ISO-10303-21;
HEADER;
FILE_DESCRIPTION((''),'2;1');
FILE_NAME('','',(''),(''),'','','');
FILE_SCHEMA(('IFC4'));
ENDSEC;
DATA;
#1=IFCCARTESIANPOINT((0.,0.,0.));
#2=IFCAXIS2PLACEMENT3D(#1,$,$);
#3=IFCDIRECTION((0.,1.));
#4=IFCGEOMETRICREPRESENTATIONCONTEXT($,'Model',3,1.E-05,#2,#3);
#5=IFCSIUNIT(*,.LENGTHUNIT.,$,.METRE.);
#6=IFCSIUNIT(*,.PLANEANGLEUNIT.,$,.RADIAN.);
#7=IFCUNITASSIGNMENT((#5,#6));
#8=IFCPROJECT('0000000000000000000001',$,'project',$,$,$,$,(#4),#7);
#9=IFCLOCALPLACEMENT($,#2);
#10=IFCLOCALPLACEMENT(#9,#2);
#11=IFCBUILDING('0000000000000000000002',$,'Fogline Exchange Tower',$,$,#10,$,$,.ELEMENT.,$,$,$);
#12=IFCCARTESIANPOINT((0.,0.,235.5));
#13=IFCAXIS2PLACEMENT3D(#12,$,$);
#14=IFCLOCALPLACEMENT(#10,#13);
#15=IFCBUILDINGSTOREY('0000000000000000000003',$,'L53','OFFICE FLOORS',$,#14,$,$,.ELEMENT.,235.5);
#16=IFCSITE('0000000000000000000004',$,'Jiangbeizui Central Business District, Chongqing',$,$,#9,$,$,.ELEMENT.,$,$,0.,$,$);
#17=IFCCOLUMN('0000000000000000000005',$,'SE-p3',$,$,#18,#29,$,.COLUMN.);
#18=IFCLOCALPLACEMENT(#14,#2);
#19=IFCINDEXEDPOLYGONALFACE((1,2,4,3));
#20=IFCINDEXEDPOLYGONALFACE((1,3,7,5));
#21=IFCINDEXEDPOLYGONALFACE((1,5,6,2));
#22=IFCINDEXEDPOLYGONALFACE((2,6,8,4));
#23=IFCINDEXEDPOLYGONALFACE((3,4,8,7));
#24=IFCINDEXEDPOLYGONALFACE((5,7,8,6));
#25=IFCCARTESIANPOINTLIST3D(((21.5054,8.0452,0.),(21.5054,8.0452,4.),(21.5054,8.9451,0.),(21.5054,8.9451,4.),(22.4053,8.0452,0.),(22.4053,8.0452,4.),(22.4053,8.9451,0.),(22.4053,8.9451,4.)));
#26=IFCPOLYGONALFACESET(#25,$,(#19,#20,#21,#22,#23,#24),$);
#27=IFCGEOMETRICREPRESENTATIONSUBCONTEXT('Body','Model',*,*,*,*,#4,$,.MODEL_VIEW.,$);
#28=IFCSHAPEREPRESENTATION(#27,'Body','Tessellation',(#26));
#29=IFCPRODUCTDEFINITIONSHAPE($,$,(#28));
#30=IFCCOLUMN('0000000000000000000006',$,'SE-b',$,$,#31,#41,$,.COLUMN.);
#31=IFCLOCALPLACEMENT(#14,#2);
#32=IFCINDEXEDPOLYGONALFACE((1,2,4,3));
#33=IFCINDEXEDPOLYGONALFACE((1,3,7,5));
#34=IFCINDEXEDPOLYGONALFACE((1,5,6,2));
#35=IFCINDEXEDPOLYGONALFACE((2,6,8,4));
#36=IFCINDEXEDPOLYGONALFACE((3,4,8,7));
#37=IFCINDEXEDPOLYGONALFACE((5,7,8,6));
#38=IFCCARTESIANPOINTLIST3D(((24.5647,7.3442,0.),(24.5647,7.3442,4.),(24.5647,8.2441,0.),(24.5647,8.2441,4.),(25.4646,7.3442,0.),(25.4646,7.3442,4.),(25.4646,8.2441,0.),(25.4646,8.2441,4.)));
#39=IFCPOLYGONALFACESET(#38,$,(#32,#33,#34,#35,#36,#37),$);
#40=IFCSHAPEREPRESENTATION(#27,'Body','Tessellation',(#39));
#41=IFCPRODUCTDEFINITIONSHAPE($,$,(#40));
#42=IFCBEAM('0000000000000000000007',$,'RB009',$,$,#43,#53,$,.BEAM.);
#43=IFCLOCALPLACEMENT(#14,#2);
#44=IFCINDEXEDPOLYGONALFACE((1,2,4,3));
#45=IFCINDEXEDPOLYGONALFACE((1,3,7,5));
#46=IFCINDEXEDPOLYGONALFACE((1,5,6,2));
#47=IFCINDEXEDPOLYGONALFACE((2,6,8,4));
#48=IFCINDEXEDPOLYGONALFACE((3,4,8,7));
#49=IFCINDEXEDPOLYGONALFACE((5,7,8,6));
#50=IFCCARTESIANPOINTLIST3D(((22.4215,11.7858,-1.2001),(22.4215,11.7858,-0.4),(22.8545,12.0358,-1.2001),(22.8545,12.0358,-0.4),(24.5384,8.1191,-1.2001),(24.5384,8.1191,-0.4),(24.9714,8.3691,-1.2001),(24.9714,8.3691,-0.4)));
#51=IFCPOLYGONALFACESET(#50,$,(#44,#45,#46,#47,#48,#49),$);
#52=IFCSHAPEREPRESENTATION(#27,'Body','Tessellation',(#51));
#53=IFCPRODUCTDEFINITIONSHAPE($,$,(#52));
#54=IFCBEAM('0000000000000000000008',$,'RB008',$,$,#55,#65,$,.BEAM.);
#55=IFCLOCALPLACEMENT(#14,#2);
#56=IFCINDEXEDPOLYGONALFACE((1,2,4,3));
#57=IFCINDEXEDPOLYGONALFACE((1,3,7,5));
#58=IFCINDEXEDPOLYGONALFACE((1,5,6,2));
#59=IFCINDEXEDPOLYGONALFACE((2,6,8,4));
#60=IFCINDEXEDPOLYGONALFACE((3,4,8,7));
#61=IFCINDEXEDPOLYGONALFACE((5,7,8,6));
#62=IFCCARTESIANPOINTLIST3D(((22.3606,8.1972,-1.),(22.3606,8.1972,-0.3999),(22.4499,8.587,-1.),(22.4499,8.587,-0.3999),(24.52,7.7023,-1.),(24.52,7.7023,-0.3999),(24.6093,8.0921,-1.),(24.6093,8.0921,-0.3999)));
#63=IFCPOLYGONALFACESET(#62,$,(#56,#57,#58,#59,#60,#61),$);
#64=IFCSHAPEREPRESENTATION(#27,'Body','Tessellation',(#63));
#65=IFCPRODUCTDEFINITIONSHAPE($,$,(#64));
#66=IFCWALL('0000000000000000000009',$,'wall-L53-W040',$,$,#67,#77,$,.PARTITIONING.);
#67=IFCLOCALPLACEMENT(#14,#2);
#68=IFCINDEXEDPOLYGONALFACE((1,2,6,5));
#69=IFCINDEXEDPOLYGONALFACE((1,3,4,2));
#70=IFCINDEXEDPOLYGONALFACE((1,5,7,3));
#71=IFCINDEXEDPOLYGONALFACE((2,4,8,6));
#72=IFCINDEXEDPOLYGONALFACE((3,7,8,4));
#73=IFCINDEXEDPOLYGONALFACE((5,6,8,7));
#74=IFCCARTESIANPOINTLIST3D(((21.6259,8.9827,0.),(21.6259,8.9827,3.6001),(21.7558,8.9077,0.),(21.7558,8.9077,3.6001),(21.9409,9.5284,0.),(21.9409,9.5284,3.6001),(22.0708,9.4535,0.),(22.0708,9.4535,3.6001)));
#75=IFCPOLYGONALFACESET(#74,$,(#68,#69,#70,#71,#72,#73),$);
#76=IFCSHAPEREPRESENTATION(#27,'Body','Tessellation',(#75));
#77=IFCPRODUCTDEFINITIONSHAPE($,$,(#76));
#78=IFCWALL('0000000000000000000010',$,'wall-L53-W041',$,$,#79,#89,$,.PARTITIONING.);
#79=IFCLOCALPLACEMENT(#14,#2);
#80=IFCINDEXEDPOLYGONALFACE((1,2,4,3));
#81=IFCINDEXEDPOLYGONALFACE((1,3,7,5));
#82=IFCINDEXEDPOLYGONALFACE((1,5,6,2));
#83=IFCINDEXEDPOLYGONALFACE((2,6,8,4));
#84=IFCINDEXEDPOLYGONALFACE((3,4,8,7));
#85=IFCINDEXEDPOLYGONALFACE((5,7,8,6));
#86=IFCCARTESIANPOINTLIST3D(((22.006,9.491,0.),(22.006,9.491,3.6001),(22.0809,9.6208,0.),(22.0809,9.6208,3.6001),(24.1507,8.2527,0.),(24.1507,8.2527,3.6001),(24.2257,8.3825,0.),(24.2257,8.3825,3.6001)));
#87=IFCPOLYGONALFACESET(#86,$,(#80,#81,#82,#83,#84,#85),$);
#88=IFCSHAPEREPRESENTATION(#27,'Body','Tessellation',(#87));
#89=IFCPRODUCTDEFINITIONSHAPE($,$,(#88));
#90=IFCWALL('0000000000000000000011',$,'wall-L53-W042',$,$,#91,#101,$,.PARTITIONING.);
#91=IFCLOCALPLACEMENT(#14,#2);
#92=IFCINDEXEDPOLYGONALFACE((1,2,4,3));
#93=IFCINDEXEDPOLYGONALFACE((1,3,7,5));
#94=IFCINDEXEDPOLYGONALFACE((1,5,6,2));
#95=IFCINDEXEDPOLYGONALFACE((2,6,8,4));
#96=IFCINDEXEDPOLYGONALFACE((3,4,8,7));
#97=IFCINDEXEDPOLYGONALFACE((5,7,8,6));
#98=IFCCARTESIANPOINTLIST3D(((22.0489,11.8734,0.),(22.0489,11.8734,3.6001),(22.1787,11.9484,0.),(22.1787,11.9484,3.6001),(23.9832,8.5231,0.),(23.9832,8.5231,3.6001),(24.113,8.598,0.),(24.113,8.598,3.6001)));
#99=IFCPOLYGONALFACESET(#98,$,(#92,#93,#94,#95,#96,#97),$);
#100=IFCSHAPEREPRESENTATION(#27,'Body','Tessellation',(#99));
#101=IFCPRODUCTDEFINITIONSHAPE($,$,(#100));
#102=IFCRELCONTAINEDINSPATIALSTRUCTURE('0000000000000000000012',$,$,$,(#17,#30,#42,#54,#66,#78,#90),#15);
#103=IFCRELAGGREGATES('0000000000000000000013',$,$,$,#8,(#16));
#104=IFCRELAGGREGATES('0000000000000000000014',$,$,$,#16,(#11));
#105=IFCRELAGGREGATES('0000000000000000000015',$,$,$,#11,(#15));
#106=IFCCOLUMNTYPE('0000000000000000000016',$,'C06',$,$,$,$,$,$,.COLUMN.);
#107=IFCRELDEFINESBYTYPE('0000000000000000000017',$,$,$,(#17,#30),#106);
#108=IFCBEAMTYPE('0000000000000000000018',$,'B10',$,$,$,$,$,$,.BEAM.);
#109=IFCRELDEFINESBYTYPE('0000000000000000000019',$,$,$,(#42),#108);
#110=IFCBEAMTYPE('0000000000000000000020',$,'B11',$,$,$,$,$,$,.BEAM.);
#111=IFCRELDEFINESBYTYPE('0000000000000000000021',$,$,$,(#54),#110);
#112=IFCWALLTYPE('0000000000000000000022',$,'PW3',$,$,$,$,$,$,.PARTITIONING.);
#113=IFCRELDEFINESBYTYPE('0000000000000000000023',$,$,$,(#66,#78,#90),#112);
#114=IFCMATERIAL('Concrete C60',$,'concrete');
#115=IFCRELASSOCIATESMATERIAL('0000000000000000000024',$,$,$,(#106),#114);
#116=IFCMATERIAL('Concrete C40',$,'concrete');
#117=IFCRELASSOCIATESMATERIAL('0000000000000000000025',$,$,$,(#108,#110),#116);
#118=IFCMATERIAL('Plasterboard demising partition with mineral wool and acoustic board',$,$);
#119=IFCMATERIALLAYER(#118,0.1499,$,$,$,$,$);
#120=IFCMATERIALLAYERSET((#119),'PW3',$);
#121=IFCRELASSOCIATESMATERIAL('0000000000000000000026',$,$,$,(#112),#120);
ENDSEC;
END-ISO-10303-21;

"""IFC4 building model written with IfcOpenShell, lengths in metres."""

from ifc_helpers import new_model, si_unit, direction, frame, frame_2d, origin, origin_2d, place, context, subcontext, project, spatial, rectangle, extrude, material, layer, layer_set, material_profile, profile_set, type_object, element, save


model = new_model("IFC4")

# Units and contexts
model_context = context("Model", 3, precision=1e-05, world=origin(), true_north=direction((0.0, 1.0)))
body_context = subcontext(model_context, "Body", "Model", "MODEL_VIEW")
ifc_project = project(units=[si_unit("LENGTHUNIT", "METRE"), si_unit("PLANEANGLEUNIT", "RADIAN")], contexts=[model_context])

# Site, building, storey
site_placement = place(None, origin())
site = spatial("IfcSite", under=ifc_project, at=site_placement, Name="Jiangbeizui Central Business District, Chongqing", CompositionType="ELEMENT", RefElevation=0.0)
building_placement = place(site_placement, origin())
building = spatial("IfcBuilding", under=site, at=building_placement, Name="Fogline Exchange Tower", CompositionType="ELEMENT")
storey_placement = place(building_placement, frame((0.0, 0.0, 235.5)))
storey = spatial("IfcBuildingStorey", under=building, at=storey_placement, Name="L53", Description="OFFICE FLOORS", CompositionType="ELEMENT", Elevation=235.5)

# Columns
ifc_material_1 = material(Name="Concrete C60", Category="concrete")
ifc_material_profile_1 = material_profile(ifc_material_1, rectangle(XDim=0.8999, YDim=0.8999, at=origin_2d()), Name="RC 900x900")
ifc_profile_set_1 = profile_set([ifc_material_profile_1], Name="Concrete C60")
column_type = type_object("IfcColumnType", Name="C06", PredefinedType="COLUMN", material=ifc_profile_set_1)
for number, where, z_axis, x_axis, name in (
    (1, (21.9553, 8.4951, 0.0), (0.0, 0.0, 1.0), (1.0, 0.0, 0.0), "SE-p3"),
    (2, (25.0146, 7.7942, 0.0), (0.0, 0.0, 1.0), (1.0, 0.0, 0.0), "SE-b"),
):
    element("IfcColumn", number, at=place(storey_placement, frame(where, z_axis=z_axis, x_axis=x_axis)), inside=storey, type_object=column_type, Name=name, PredefinedType="COLUMN", context=body_context, shape_type="SweptSolid", body=[
        extrude(rectangle(XDim=0.8999, YDim=0.8999, at=origin_2d()), origin(), (0.0, 0.0, 1.0), 4.0),
    ])

# Beams
ifc_material_2 = material(Name="Concrete C40", Category="concrete")
ifc_material_profile_2 = material_profile(ifc_material_2, rectangle(XDim=0.5, YDim=0.8, at=origin_2d()), Name="RC 500x800")
ifc_profile_set_2 = profile_set([ifc_material_profile_2], Name="Concrete C40")
beam_type_1 = type_object("IfcBeamType", Name="B10", PredefinedType="BEAM", material=ifc_profile_set_2)
beam_1_placement = place(storey_placement, frame((24.7549, 8.2441, -0.8), z_axis=(-0.49999, 0.866031, 0.0), x_axis=(-0.866031, -0.49999, 0.0)))
element("IfcBeam", 3, at=beam_1_placement, inside=storey, type_object=beam_type_1, Name="RB009", PredefinedType="BEAM", context=body_context, shape_type="SweptSolid", body=[
    extrude(rectangle(XDim=0.5, YDim=0.8, at=origin_2d()), origin(), (0.0, 0.0, 1.0), 4.2339),
])
ifc_material_profile_3 = material_profile(ifc_material_2, rectangle(XDim=0.3999, YDim=0.6001, at=origin_2d()), Name="RC 400x600")
ifc_profile_set_3 = profile_set([ifc_material_profile_3], Name="Concrete C40")
beam_type_2 = type_object("IfcBeamType", Name="B11", PredefinedType="BEAM", material=ifc_profile_set_3)
beam_2_placement = place(storey_placement, frame((22.4053, 8.3921, -0.7), z_axis=(0.974732, -0.223378, 0.0), x_axis=(0.223378, 0.974732, 0.0)))
element("IfcBeam", 4, at=beam_2_placement, inside=storey, type_object=beam_type_2, Name="RB008", PredefinedType="BEAM", context=body_context, shape_type="SweptSolid", body=[
    extrude(rectangle(XDim=0.3999, YDim=0.6001, at=origin_2d()), origin(), (0.0, 0.0, 1.0), 2.2153),
])

# Walls
ifc_material_3 = material(Name="Plasterboard demising partition with mineral wool and acoustic board")
ifc_layer = layer(ifc_material_3, 0.1499)
ifc_layer_set = layer_set([ifc_layer], Name="PW3")
wall_type = type_object("IfcWallType", Name="PW3", PredefinedType="PARTITIONING", material=ifc_layer_set)
wall_1_placement = place(storey_placement, frame((21.6909, 8.9453, 0.0), z_axis=(0.0, 0.0, 1.0), x_axis=(0.49989, 0.866089, 0.0)))
element("IfcWall", 5, at=wall_1_placement, inside=storey, type_object=wall_type, Name="wall-L53-W040", PredefinedType="PARTITIONING", context=body_context, shape_type="SweptSolid", body=[
    extrude(rectangle(XDim=0.6301, YDim=0.1499, at=frame_2d((0.3149, 0.0))), origin(), (0.0, 0.0, 1.0), 3.6001),
])
wall_2_placement = place(storey_placement, frame((22.0435, 9.5559, 0.0), z_axis=(0.0, 0.0, 1.0), x_axis=(0.866026, -0.499998, 0.0)))
element("IfcWall", 6, at=wall_2_placement, inside=storey, type_object=wall_type, Name="wall-L53-W041", PredefinedType="PARTITIONING", context=body_context, shape_type="SweptSolid", body=[
    extrude(rectangle(XDim=2.4766, YDim=0.1499, at=frame_2d((1.2383, 0.0))), origin(), (0.0, 0.0, 1.0), 3.6001),
])
wall_3_placement = place(storey_placement, frame((24.0481, 8.5605, 0.0), z_axis=(0.0, 0.0, 1.0), x_axis=(-0.500001, 0.866025, 0.0)))
element("IfcWall", 7, at=wall_3_placement, inside=storey, type_object=wall_type, Name="wall-L53-W042", PredefinedType="PARTITIONING", context=body_context, shape_type="SweptSolid", body=[
    extrude(rectangle(XDim=3.8687, YDim=0.1499, at=frame_2d((1.9343, 0.0))), origin(), (0.0, 0.0, 1.0), 3.6001),
])

save(model, "model.ifc")
